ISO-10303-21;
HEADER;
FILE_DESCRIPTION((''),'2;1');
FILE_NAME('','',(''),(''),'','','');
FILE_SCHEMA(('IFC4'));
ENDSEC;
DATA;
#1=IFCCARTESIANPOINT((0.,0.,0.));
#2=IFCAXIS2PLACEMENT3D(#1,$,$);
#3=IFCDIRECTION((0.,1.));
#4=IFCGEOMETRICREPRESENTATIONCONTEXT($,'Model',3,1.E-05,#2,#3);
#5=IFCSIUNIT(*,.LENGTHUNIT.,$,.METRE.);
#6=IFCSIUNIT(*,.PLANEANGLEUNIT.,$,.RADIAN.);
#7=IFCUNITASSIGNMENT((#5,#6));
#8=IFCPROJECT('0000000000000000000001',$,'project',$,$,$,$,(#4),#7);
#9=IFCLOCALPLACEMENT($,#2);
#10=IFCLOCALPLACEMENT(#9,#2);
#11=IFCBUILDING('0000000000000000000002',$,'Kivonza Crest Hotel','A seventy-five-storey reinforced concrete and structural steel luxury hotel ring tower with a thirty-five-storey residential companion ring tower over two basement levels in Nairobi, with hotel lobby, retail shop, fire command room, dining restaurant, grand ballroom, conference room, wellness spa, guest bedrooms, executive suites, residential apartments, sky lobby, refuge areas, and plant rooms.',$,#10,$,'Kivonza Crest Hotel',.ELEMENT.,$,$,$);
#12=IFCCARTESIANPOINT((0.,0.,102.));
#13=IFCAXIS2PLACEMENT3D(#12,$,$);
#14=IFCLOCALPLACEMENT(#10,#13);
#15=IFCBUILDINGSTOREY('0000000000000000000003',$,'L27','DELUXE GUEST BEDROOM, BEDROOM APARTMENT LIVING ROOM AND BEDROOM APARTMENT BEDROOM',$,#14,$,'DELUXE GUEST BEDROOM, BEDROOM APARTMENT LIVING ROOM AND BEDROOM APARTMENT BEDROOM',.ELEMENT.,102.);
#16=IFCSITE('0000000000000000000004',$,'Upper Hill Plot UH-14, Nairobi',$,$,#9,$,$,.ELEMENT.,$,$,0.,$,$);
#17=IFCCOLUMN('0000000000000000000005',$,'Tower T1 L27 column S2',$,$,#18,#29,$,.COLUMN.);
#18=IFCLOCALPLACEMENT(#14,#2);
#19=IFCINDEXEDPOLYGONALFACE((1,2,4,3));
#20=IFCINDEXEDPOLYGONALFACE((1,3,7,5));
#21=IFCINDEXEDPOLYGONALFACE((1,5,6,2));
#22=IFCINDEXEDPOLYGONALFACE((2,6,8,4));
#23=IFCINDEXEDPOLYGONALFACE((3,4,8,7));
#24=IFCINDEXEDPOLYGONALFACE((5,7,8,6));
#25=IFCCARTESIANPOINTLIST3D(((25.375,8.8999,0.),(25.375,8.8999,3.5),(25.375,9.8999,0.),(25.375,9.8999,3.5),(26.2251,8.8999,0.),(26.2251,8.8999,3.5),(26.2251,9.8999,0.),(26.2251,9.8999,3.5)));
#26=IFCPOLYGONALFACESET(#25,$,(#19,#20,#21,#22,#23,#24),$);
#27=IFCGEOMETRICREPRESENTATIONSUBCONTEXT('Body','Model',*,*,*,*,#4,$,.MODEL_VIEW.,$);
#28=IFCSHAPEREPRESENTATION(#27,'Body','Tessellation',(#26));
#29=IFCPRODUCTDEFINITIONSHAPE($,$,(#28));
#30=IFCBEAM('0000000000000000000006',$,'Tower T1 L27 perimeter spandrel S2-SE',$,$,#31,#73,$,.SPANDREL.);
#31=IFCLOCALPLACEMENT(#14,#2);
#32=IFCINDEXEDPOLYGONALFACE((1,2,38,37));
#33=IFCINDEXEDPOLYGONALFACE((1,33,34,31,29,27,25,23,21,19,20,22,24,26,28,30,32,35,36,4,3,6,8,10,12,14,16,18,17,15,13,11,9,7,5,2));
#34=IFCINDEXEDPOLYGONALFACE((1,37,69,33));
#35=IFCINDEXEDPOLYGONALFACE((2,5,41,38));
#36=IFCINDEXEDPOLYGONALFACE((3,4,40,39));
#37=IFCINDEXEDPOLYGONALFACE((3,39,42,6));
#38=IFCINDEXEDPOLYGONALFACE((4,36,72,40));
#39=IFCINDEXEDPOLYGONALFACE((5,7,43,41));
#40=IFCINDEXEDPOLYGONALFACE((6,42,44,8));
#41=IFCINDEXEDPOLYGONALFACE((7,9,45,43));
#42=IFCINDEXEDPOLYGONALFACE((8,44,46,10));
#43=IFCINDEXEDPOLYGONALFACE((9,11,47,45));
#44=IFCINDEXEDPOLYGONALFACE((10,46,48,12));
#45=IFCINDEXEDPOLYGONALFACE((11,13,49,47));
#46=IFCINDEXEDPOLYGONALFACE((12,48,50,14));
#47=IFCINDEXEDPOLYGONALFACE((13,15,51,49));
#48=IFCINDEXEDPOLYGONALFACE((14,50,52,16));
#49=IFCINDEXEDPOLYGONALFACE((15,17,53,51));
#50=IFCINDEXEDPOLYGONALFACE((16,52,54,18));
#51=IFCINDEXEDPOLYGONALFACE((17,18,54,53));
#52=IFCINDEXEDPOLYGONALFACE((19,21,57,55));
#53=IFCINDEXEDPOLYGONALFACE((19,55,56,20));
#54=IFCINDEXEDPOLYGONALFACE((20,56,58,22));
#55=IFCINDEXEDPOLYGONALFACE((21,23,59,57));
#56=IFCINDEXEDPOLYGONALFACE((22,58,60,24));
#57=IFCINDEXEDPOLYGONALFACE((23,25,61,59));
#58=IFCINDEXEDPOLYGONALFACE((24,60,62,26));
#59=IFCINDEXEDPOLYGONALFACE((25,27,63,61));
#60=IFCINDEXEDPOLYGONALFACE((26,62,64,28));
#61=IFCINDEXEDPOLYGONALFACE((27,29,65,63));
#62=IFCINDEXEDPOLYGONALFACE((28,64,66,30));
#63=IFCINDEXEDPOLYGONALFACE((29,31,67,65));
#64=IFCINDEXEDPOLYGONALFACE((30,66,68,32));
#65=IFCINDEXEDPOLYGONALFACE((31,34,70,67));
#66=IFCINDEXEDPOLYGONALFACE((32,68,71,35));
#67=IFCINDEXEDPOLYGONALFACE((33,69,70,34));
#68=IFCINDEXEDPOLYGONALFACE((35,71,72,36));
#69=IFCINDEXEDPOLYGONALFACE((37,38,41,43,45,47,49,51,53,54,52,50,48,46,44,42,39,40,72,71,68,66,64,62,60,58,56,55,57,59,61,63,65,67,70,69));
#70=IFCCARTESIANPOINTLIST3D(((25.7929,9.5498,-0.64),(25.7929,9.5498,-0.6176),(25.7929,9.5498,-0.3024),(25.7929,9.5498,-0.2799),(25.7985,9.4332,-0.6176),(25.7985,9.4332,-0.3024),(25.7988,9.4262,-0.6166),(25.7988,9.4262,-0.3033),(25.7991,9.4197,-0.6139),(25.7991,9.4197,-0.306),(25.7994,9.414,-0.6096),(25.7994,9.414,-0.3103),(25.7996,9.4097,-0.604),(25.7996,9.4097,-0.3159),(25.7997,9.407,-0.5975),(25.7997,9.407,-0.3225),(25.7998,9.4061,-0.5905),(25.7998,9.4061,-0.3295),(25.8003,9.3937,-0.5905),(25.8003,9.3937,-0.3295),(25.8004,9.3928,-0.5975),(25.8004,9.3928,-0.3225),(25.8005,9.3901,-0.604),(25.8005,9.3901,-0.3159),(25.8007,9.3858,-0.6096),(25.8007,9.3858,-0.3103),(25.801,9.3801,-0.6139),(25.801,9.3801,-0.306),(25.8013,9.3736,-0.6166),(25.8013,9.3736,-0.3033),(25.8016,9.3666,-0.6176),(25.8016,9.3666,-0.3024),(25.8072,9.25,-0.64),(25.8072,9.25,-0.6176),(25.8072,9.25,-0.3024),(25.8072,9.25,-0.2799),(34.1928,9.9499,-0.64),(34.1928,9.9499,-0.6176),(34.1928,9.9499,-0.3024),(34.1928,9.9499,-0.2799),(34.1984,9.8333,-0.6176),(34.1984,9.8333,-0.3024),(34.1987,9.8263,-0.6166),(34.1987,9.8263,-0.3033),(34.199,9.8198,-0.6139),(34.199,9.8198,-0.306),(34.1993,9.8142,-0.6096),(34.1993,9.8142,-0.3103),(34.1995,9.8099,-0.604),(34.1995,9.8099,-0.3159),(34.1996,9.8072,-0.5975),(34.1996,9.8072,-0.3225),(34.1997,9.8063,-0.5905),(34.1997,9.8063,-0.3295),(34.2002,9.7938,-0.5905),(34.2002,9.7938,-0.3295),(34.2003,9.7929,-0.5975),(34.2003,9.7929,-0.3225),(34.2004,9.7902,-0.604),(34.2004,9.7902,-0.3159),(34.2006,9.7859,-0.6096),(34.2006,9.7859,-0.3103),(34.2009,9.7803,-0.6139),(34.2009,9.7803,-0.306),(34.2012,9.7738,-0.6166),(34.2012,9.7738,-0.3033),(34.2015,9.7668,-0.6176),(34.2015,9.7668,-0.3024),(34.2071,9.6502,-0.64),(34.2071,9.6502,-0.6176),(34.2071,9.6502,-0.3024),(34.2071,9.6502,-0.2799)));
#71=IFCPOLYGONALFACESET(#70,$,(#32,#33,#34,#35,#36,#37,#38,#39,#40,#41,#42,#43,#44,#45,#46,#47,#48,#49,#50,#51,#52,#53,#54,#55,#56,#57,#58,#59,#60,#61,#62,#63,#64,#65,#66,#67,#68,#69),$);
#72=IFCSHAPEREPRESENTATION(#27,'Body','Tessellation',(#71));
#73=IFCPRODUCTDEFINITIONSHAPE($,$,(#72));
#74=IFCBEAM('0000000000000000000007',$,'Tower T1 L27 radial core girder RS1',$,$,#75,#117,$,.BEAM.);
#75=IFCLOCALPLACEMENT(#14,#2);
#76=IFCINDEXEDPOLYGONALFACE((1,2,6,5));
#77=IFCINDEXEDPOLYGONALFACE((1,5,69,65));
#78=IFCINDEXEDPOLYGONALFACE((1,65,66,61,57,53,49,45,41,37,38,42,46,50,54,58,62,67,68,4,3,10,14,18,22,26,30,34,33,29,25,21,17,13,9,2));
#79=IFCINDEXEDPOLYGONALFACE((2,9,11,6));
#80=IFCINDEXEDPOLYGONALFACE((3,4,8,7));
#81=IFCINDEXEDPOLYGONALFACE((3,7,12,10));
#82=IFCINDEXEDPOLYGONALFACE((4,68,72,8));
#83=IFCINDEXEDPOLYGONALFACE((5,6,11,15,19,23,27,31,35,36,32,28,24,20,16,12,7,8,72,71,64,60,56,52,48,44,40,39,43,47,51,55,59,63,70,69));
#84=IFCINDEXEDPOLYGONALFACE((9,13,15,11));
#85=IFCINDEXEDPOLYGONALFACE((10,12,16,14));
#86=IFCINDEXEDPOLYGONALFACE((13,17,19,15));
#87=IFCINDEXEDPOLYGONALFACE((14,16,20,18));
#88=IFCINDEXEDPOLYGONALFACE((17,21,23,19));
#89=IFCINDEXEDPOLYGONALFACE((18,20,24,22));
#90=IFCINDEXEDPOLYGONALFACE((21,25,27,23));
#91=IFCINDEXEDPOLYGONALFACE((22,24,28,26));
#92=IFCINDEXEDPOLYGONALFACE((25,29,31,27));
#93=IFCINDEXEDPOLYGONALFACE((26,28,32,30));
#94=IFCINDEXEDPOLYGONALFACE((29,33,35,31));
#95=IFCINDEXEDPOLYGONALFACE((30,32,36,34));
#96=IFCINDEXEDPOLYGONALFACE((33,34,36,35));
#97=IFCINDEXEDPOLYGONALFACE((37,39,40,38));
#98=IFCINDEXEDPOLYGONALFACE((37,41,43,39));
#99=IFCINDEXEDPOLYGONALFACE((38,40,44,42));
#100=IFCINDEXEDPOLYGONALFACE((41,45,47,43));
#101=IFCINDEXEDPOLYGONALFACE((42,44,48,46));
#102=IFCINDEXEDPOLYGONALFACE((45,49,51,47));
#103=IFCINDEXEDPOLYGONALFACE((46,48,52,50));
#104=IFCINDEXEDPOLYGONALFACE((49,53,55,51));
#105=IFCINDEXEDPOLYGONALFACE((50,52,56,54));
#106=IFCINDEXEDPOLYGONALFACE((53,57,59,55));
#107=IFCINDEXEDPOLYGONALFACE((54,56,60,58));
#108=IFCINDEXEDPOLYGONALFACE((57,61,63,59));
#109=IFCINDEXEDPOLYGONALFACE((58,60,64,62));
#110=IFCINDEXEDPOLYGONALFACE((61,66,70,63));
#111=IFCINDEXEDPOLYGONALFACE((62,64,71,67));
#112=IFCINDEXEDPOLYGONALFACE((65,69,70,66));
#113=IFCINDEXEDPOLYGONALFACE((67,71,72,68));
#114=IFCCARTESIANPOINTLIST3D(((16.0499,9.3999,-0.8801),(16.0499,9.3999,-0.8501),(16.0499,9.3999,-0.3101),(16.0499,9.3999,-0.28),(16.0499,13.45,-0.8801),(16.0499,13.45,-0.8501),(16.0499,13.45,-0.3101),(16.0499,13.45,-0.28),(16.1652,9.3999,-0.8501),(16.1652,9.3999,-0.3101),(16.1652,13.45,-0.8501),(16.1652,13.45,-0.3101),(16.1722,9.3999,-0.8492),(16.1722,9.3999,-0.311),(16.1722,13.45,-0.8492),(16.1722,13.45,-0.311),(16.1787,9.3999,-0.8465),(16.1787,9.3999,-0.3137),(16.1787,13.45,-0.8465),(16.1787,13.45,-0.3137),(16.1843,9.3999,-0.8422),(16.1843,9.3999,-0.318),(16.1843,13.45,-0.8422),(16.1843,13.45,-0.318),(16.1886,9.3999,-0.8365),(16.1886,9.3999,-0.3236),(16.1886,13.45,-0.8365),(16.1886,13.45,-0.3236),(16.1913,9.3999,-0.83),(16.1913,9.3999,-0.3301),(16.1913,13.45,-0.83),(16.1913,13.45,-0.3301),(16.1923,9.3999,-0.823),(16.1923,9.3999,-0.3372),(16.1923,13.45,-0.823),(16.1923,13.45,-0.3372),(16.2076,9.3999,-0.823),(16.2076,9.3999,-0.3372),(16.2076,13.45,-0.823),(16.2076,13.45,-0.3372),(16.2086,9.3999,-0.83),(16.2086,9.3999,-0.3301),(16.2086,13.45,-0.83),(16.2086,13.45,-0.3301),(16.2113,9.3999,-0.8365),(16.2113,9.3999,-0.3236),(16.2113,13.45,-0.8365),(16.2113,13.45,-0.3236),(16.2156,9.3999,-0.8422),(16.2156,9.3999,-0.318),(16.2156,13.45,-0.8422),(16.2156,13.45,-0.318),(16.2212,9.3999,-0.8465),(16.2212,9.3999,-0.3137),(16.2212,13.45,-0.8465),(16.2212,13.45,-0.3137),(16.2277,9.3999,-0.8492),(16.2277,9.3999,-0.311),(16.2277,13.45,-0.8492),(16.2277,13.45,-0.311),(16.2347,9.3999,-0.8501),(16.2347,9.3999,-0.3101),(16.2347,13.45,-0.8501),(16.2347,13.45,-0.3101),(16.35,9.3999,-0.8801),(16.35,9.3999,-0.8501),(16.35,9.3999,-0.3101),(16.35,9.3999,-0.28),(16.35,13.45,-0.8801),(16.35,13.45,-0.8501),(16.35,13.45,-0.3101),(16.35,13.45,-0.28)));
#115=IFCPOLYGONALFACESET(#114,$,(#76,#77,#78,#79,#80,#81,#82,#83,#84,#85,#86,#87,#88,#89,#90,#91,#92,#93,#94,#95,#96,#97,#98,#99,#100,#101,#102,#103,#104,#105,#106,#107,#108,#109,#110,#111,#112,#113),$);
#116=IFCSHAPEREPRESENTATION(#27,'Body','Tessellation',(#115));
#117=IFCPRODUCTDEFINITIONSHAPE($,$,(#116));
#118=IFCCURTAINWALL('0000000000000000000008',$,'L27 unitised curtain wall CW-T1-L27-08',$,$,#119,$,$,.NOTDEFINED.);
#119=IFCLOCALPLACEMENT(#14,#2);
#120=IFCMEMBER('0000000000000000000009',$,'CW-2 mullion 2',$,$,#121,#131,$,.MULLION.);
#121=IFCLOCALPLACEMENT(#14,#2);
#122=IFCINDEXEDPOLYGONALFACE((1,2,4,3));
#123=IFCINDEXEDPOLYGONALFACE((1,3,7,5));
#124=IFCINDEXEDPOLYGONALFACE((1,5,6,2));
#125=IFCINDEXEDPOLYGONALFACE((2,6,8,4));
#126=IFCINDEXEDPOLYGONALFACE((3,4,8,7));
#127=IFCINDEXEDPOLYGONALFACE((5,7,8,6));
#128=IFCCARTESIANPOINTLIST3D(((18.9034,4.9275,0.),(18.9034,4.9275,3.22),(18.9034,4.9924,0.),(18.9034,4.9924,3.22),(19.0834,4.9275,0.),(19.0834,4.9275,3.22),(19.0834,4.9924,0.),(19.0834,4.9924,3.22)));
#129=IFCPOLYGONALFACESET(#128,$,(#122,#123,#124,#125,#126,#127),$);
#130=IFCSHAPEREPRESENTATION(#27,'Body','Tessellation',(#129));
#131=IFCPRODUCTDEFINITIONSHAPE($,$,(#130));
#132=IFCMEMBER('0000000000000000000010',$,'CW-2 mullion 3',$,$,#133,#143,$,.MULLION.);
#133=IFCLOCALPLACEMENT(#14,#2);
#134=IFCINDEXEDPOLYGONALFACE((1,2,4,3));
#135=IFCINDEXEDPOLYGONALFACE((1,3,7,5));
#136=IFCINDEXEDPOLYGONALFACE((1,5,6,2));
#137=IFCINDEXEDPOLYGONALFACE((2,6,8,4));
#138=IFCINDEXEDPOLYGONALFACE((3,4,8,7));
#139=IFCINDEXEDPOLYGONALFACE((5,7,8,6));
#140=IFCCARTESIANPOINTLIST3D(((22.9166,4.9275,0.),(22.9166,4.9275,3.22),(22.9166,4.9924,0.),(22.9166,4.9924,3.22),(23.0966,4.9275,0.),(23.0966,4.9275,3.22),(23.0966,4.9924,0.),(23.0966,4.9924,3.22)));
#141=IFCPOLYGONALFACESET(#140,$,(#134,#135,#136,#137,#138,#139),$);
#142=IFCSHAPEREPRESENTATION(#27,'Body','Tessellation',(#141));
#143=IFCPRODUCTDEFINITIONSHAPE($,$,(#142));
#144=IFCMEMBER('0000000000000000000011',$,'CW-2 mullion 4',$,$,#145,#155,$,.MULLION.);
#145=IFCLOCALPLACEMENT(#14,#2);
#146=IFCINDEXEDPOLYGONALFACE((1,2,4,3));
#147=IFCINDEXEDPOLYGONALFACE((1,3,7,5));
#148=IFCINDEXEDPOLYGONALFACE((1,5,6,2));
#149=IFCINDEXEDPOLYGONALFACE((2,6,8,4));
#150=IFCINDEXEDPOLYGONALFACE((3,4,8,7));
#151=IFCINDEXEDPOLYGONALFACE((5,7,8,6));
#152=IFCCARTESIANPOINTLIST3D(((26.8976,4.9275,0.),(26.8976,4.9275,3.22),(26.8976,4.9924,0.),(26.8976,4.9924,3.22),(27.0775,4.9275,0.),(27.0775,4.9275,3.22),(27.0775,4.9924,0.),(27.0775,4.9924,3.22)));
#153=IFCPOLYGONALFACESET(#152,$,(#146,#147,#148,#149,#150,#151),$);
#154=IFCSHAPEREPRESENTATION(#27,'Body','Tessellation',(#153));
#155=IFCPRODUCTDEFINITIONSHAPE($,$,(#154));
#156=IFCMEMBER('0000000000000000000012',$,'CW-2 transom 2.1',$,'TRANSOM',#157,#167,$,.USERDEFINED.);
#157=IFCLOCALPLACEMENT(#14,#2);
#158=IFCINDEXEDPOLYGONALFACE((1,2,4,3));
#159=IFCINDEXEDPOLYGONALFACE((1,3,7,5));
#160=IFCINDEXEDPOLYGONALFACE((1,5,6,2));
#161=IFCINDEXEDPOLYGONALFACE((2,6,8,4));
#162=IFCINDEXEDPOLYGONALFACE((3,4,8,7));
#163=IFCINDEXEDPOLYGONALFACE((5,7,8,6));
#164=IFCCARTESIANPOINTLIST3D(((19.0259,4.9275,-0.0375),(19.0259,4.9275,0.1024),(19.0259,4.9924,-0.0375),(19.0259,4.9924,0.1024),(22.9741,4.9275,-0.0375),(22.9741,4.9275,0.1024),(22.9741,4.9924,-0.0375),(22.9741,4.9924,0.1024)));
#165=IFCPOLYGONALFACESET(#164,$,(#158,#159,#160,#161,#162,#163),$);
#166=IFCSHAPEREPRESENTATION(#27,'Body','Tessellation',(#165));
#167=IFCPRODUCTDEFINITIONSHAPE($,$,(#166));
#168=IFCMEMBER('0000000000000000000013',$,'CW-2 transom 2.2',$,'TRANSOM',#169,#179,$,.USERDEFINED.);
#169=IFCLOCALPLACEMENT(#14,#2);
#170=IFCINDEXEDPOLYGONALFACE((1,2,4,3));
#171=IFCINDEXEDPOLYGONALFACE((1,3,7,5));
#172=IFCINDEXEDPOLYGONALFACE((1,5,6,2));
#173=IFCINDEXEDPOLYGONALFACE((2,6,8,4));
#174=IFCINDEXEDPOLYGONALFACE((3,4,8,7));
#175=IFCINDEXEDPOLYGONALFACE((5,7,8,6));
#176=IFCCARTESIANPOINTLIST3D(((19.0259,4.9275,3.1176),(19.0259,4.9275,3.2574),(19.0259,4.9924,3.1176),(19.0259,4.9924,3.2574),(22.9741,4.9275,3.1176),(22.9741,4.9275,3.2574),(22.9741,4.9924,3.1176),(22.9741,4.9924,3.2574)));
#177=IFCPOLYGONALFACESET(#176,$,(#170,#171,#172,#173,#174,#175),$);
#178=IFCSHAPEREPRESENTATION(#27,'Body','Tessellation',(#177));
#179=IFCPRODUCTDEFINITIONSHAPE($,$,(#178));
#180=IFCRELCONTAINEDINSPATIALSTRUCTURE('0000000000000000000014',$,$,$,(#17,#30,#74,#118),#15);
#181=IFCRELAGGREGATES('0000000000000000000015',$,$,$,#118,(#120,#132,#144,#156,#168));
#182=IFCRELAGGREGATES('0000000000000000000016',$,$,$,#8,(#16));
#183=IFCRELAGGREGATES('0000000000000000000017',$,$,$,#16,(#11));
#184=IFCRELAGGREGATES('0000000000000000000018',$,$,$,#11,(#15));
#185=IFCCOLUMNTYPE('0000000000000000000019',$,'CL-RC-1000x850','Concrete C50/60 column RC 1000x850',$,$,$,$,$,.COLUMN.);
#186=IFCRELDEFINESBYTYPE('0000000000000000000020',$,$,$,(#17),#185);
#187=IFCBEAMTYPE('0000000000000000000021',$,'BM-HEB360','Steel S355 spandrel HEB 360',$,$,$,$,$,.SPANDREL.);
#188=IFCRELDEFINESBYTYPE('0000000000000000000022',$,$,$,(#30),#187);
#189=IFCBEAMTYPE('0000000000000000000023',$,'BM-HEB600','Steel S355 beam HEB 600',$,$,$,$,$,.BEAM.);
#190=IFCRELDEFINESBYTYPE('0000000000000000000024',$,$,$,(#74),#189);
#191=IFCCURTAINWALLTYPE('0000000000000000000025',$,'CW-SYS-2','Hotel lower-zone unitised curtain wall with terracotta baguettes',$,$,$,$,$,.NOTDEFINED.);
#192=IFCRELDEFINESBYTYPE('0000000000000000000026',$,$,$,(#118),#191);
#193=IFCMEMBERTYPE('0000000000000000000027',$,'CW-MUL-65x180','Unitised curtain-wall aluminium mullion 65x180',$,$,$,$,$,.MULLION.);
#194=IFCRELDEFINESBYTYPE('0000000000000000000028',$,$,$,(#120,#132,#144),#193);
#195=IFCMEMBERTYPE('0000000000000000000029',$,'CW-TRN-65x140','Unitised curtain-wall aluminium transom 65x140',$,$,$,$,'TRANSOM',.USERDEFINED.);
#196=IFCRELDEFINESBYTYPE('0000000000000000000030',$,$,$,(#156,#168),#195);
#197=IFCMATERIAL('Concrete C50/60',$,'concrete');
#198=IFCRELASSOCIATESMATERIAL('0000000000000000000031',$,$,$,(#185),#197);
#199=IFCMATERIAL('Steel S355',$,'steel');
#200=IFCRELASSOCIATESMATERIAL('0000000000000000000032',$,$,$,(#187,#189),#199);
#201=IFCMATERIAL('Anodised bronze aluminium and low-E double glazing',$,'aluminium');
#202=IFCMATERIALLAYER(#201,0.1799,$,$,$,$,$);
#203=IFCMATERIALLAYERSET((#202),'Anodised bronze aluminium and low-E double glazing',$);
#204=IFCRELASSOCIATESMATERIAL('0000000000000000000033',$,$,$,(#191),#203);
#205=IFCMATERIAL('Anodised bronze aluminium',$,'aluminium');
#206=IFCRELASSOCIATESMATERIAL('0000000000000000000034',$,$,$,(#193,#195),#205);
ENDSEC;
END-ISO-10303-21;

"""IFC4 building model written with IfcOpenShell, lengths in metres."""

from ifc_helpers import new_model, si_unit, direction, frame, origin, origin_2d, place, context, subcontext, project, spatial, rectangle, i_section, extrude, material, layer, layer_set, material_profile, profile_set, type_object, element, aggregate, save


model = new_model("IFC4")

# Units and contexts
model_context = context("Model", 3, precision=1e-05, world=origin(), true_north=direction((0.0, 1.0)))
body_context = subcontext(model_context, "Body", "Model", "MODEL_VIEW")
ifc_project = project(units=[si_unit("LENGTHUNIT", "METRE"), si_unit("PLANEANGLEUNIT", "RADIAN")], contexts=[model_context])

# Site, building, storey
site_placement = place(None, origin())
site = spatial("IfcSite", under=ifc_project, at=site_placement, Name="Upper Hill Plot UH-14, Nairobi", CompositionType="ELEMENT", RefElevation=0.0)
building_placement = place(site_placement, origin())
building = spatial("IfcBuilding", under=site, at=building_placement, Name="Kivonza Crest Hotel", Description="A seventy-five-storey reinforced concrete and structural steel luxury hotel ring tower with a thirty-five-storey residential companion ring tower over two basement levels in Nairobi, with hotel lobby, retail shop, fire command room, dining restaurant, grand ballroom, conference room, wellness spa, guest bedrooms, executive suites, residential apartments, sky lobby, refuge areas, and plant rooms.", LongName="Kivonza Crest Hotel", CompositionType="ELEMENT")
storey_placement = place(building_placement, frame((0.0, 0.0, 102.0)))
storey = spatial("IfcBuildingStorey", under=building, at=storey_placement, Name="L27", Description="DELUXE GUEST BEDROOM, BEDROOM APARTMENT LIVING ROOM AND BEDROOM APARTMENT BEDROOM", LongName="DELUXE GUEST BEDROOM, BEDROOM APARTMENT LIVING ROOM AND BEDROOM APARTMENT BEDROOM", CompositionType="ELEMENT", Elevation=102.0)

# Column
ifc_material_1 = material(Name="Concrete C50/60", Category="concrete")
ifc_material_profile_1 = material_profile(ifc_material_1, rectangle(XDim=0.8501, YDim=1.0, at=origin_2d()), Name="RC 1000x850")
ifc_profile_set_1 = profile_set([ifc_material_profile_1], Name="Concrete C50/60")
column_type = type_object("IfcColumnType", Name="CL-RC-1000x850", Description="Concrete C50/60 column RC 1000x850", PredefinedType="COLUMN", material=ifc_profile_set_1)
column_placement = place(storey_placement, frame((25.8, 9.3999, 0.0), z_axis=(0.0, 0.0, 1.0), x_axis=(1.0, 0.0, 0.0)))
element("IfcColumn", 1, at=column_placement, inside=storey, type_object=column_type, Name="Tower T1 L27 column S2", PredefinedType="COLUMN", context=body_context, shape_type="SweptSolid", body=[
    extrude(rectangle(XDim=0.8501, YDim=1.0, at=origin_2d()), origin(), (0.0, 0.0, 1.0), 3.5),
])

# Beams
ifc_material_2 = material(Name="Steel S355", Category="steel")
ifc_material_profile_2 = material_profile(ifc_material_2, i_section(OverallWidth=0.3, OverallDepth=0.3601, WebThickness=0.0125, FlangeThickness=0.0225, FilletRadius=0.0271, at=origin_2d()), Name="HEB 360")
ifc_profile_set_2 = profile_set([ifc_material_profile_2], Name="Steel S355")
beam_type_1 = type_object("IfcBeamType", Name="BM-HEB360", Description="Steel S355 spandrel HEB 360", PredefinedType="SPANDREL", material=ifc_profile_set_2)
beam_1_placement = place(storey_placement, frame((25.8, 9.3999, -0.46), z_axis=(0.998867, 0.047583, 0.0), x_axis=(-0.047583, 0.998867, 0.0)))
element("IfcBeam", 2, at=beam_1_placement, inside=storey, type_object=beam_type_1, Name="Tower T1 L27 perimeter spandrel S2-SE", PredefinedType="SPANDREL", context=body_context, shape_type="SweptSolid", body=[
    extrude(i_section(OverallWidth=0.3, OverallDepth=0.3601, WebThickness=0.0125, FlangeThickness=0.0225, FilletRadius=0.0271, at=origin_2d()), origin(), (0.0, 0.0, 1.0), 8.4094),
])
ifc_material_profile_3 = material_profile(ifc_material_2, i_section(OverallWidth=0.3, OverallDepth=0.6001, WebThickness=0.0154, FlangeThickness=0.03, FilletRadius=0.0271, at=origin_2d()), Name="HEB 600")
ifc_profile_set_3 = profile_set([ifc_material_profile_3], Name="Steel S355")
beam_type_2 = type_object("IfcBeamType", Name="BM-HEB600", Description="Steel S355 beam HEB 600", PredefinedType="BEAM", material=ifc_profile_set_3)
beam_2_placement = place(storey_placement, frame((16.2, 9.3999, -0.5801), z_axis=(0.0, 1.0, 0.0), x_axis=(-1.0, 0.0, 0.0)))
element("IfcBeam", 3, at=beam_2_placement, inside=storey, type_object=beam_type_2, Name="Tower T1 L27 radial core girder RS1", PredefinedType="BEAM", context=body_context, shape_type="SweptSolid", body=[
    extrude(i_section(OverallWidth=0.3, OverallDepth=0.6001, WebThickness=0.0154, FlangeThickness=0.03, FilletRadius=0.0271, at=origin_2d()), origin(), (0.0, 0.0, 1.0), 4.05),
])

# Curtain wall, members
ifc_material_3 = material(Name="Anodised bronze aluminium and low-E double glazing", Category="aluminium")
ifc_layer_1 = layer(ifc_material_3, 0.1799)
ifc_layer_set_1 = layer_set([ifc_layer_1], Name="Anodised bronze aluminium and low-E double glazing")
curtain_wall_type = type_object("IfcCurtainWallType", Name="CW-SYS-2", Description="Hotel lower-zone unitised curtain wall with terracotta baguettes", PredefinedType="NOTDEFINED", material=ifc_layer_set_1)
curtain_wall_placement = place(storey_placement, origin())
curtain_wall = element("IfcCurtainWall", 4, at=curtain_wall_placement, inside=storey, type_object=curtain_wall_type, Name="L27 unitised curtain wall CW-T1-L27-08", PredefinedType="NOTDEFINED")
ifc_material_4 = material(Name="Anodised bronze aluminium", Category="aluminium")
ifc_material_profile_4 = material_profile(ifc_material_4, rectangle(XDim=0.0649, YDim=0.1799, at=origin_2d()), Name="CW-M 65x180")
ifc_profile_set_4 = profile_set([ifc_material_profile_4], Name="Anodised bronze aluminium")
member_type_1 = type_object("IfcMemberType", Name="CW-MUL-65x180", Description="Unitised curtain-wall aluminium mullion 65x180", PredefinedType="MULLION", material=ifc_profile_set_4)
member_1_placement = place(storey_placement, frame((18.9934, 4.96, 0.0), z_axis=(0.0, 0.0, 1.0), x_axis=(0.0, 1.0, 0.0)))
member_1 = element("IfcMember", 5, at=member_1_placement, type_object=member_type_1, Name="CW-2 mullion 2", PredefinedType="MULLION", context=body_context, shape_type="SweptSolid", body=[
    extrude(rectangle(XDim=0.0649, YDim=0.1799, at=origin_2d()), origin(), (0.0, 0.0, 1.0), 3.22),
])
member_2_placement = place(storey_placement, frame((23.0066, 4.96, 0.0), z_axis=(0.0, 0.0, 1.0), x_axis=(0.0, 1.0, 0.0)))
member_2 = element("IfcMember", 6, at=member_2_placement, type_object=member_type_1, Name="CW-2 mullion 3", PredefinedType="MULLION", context=body_context, shape_type="SweptSolid", body=[
    extrude(rectangle(XDim=0.0649, YDim=0.1799, at=origin_2d()), origin(), (0.0, 0.0, 1.0), 3.22),
])
member_3_placement = place(storey_placement, frame((26.9875, 4.96, 0.0), z_axis=(0.0, 0.0, 1.0), x_axis=(0.0, 1.0, 0.0)))
member_3 = element("IfcMember", 7, at=member_3_placement, type_object=member_type_1, Name="CW-2 mullion 4", PredefinedType="MULLION", context=body_context, shape_type="SweptSolid", body=[
    extrude(rectangle(XDim=0.0649, YDim=0.1799, at=origin_2d()), origin(), (0.0, 0.0, 1.0), 3.22),
])
ifc_material_profile_5 = material_profile(ifc_material_4, rectangle(XDim=0.0649, YDim=0.1399, at=origin_2d()), Name="CW-T 65x140")
ifc_profile_set_5 = profile_set([ifc_material_profile_5], Name="Anodised bronze aluminium")
member_type_2 = type_object("IfcMemberType", Name="CW-TRN-65x140", Description="Unitised curtain-wall aluminium transom 65x140", ElementType="TRANSOM", PredefinedType="USERDEFINED", material=ifc_profile_set_5)
member_4_placement = place(storey_placement, frame((19.0259, 4.96, 0.0325), z_axis=(1.0, 0.0, 0.0), x_axis=(0.0, 1.0, 0.0)))
member_4 = element("IfcMember", 8, at=member_4_placement, type_object=member_type_2, Name="CW-2 transom 2.1", ObjectType="TRANSOM", PredefinedType="USERDEFINED", context=body_context, shape_type="SweptSolid", body=[
    extrude(rectangle(XDim=0.0649, YDim=0.1399, at=origin_2d()), origin(), (0.0, 0.0, 1.0), 3.9482),
])
member_5_placement = place(storey_placement, frame((19.0259, 4.96, 3.1875), z_axis=(1.0, 0.0, 0.0), x_axis=(0.0, 1.0, 0.0)))
member_5 = element("IfcMember", 9, at=member_5_placement, type_object=member_type_2, Name="CW-2 transom 2.2", ObjectType="TRANSOM", PredefinedType="USERDEFINED", context=body_context, shape_type="SweptSolid", body=[
    extrude(rectangle(XDim=0.0649, YDim=0.1399, at=origin_2d()), origin(), (0.0, 0.0, 1.0), 3.9482),
])
aggregate(curtain_wall, [member_1, member_2, member_3, member_4, member_5])

save(model, "model.ifc")
